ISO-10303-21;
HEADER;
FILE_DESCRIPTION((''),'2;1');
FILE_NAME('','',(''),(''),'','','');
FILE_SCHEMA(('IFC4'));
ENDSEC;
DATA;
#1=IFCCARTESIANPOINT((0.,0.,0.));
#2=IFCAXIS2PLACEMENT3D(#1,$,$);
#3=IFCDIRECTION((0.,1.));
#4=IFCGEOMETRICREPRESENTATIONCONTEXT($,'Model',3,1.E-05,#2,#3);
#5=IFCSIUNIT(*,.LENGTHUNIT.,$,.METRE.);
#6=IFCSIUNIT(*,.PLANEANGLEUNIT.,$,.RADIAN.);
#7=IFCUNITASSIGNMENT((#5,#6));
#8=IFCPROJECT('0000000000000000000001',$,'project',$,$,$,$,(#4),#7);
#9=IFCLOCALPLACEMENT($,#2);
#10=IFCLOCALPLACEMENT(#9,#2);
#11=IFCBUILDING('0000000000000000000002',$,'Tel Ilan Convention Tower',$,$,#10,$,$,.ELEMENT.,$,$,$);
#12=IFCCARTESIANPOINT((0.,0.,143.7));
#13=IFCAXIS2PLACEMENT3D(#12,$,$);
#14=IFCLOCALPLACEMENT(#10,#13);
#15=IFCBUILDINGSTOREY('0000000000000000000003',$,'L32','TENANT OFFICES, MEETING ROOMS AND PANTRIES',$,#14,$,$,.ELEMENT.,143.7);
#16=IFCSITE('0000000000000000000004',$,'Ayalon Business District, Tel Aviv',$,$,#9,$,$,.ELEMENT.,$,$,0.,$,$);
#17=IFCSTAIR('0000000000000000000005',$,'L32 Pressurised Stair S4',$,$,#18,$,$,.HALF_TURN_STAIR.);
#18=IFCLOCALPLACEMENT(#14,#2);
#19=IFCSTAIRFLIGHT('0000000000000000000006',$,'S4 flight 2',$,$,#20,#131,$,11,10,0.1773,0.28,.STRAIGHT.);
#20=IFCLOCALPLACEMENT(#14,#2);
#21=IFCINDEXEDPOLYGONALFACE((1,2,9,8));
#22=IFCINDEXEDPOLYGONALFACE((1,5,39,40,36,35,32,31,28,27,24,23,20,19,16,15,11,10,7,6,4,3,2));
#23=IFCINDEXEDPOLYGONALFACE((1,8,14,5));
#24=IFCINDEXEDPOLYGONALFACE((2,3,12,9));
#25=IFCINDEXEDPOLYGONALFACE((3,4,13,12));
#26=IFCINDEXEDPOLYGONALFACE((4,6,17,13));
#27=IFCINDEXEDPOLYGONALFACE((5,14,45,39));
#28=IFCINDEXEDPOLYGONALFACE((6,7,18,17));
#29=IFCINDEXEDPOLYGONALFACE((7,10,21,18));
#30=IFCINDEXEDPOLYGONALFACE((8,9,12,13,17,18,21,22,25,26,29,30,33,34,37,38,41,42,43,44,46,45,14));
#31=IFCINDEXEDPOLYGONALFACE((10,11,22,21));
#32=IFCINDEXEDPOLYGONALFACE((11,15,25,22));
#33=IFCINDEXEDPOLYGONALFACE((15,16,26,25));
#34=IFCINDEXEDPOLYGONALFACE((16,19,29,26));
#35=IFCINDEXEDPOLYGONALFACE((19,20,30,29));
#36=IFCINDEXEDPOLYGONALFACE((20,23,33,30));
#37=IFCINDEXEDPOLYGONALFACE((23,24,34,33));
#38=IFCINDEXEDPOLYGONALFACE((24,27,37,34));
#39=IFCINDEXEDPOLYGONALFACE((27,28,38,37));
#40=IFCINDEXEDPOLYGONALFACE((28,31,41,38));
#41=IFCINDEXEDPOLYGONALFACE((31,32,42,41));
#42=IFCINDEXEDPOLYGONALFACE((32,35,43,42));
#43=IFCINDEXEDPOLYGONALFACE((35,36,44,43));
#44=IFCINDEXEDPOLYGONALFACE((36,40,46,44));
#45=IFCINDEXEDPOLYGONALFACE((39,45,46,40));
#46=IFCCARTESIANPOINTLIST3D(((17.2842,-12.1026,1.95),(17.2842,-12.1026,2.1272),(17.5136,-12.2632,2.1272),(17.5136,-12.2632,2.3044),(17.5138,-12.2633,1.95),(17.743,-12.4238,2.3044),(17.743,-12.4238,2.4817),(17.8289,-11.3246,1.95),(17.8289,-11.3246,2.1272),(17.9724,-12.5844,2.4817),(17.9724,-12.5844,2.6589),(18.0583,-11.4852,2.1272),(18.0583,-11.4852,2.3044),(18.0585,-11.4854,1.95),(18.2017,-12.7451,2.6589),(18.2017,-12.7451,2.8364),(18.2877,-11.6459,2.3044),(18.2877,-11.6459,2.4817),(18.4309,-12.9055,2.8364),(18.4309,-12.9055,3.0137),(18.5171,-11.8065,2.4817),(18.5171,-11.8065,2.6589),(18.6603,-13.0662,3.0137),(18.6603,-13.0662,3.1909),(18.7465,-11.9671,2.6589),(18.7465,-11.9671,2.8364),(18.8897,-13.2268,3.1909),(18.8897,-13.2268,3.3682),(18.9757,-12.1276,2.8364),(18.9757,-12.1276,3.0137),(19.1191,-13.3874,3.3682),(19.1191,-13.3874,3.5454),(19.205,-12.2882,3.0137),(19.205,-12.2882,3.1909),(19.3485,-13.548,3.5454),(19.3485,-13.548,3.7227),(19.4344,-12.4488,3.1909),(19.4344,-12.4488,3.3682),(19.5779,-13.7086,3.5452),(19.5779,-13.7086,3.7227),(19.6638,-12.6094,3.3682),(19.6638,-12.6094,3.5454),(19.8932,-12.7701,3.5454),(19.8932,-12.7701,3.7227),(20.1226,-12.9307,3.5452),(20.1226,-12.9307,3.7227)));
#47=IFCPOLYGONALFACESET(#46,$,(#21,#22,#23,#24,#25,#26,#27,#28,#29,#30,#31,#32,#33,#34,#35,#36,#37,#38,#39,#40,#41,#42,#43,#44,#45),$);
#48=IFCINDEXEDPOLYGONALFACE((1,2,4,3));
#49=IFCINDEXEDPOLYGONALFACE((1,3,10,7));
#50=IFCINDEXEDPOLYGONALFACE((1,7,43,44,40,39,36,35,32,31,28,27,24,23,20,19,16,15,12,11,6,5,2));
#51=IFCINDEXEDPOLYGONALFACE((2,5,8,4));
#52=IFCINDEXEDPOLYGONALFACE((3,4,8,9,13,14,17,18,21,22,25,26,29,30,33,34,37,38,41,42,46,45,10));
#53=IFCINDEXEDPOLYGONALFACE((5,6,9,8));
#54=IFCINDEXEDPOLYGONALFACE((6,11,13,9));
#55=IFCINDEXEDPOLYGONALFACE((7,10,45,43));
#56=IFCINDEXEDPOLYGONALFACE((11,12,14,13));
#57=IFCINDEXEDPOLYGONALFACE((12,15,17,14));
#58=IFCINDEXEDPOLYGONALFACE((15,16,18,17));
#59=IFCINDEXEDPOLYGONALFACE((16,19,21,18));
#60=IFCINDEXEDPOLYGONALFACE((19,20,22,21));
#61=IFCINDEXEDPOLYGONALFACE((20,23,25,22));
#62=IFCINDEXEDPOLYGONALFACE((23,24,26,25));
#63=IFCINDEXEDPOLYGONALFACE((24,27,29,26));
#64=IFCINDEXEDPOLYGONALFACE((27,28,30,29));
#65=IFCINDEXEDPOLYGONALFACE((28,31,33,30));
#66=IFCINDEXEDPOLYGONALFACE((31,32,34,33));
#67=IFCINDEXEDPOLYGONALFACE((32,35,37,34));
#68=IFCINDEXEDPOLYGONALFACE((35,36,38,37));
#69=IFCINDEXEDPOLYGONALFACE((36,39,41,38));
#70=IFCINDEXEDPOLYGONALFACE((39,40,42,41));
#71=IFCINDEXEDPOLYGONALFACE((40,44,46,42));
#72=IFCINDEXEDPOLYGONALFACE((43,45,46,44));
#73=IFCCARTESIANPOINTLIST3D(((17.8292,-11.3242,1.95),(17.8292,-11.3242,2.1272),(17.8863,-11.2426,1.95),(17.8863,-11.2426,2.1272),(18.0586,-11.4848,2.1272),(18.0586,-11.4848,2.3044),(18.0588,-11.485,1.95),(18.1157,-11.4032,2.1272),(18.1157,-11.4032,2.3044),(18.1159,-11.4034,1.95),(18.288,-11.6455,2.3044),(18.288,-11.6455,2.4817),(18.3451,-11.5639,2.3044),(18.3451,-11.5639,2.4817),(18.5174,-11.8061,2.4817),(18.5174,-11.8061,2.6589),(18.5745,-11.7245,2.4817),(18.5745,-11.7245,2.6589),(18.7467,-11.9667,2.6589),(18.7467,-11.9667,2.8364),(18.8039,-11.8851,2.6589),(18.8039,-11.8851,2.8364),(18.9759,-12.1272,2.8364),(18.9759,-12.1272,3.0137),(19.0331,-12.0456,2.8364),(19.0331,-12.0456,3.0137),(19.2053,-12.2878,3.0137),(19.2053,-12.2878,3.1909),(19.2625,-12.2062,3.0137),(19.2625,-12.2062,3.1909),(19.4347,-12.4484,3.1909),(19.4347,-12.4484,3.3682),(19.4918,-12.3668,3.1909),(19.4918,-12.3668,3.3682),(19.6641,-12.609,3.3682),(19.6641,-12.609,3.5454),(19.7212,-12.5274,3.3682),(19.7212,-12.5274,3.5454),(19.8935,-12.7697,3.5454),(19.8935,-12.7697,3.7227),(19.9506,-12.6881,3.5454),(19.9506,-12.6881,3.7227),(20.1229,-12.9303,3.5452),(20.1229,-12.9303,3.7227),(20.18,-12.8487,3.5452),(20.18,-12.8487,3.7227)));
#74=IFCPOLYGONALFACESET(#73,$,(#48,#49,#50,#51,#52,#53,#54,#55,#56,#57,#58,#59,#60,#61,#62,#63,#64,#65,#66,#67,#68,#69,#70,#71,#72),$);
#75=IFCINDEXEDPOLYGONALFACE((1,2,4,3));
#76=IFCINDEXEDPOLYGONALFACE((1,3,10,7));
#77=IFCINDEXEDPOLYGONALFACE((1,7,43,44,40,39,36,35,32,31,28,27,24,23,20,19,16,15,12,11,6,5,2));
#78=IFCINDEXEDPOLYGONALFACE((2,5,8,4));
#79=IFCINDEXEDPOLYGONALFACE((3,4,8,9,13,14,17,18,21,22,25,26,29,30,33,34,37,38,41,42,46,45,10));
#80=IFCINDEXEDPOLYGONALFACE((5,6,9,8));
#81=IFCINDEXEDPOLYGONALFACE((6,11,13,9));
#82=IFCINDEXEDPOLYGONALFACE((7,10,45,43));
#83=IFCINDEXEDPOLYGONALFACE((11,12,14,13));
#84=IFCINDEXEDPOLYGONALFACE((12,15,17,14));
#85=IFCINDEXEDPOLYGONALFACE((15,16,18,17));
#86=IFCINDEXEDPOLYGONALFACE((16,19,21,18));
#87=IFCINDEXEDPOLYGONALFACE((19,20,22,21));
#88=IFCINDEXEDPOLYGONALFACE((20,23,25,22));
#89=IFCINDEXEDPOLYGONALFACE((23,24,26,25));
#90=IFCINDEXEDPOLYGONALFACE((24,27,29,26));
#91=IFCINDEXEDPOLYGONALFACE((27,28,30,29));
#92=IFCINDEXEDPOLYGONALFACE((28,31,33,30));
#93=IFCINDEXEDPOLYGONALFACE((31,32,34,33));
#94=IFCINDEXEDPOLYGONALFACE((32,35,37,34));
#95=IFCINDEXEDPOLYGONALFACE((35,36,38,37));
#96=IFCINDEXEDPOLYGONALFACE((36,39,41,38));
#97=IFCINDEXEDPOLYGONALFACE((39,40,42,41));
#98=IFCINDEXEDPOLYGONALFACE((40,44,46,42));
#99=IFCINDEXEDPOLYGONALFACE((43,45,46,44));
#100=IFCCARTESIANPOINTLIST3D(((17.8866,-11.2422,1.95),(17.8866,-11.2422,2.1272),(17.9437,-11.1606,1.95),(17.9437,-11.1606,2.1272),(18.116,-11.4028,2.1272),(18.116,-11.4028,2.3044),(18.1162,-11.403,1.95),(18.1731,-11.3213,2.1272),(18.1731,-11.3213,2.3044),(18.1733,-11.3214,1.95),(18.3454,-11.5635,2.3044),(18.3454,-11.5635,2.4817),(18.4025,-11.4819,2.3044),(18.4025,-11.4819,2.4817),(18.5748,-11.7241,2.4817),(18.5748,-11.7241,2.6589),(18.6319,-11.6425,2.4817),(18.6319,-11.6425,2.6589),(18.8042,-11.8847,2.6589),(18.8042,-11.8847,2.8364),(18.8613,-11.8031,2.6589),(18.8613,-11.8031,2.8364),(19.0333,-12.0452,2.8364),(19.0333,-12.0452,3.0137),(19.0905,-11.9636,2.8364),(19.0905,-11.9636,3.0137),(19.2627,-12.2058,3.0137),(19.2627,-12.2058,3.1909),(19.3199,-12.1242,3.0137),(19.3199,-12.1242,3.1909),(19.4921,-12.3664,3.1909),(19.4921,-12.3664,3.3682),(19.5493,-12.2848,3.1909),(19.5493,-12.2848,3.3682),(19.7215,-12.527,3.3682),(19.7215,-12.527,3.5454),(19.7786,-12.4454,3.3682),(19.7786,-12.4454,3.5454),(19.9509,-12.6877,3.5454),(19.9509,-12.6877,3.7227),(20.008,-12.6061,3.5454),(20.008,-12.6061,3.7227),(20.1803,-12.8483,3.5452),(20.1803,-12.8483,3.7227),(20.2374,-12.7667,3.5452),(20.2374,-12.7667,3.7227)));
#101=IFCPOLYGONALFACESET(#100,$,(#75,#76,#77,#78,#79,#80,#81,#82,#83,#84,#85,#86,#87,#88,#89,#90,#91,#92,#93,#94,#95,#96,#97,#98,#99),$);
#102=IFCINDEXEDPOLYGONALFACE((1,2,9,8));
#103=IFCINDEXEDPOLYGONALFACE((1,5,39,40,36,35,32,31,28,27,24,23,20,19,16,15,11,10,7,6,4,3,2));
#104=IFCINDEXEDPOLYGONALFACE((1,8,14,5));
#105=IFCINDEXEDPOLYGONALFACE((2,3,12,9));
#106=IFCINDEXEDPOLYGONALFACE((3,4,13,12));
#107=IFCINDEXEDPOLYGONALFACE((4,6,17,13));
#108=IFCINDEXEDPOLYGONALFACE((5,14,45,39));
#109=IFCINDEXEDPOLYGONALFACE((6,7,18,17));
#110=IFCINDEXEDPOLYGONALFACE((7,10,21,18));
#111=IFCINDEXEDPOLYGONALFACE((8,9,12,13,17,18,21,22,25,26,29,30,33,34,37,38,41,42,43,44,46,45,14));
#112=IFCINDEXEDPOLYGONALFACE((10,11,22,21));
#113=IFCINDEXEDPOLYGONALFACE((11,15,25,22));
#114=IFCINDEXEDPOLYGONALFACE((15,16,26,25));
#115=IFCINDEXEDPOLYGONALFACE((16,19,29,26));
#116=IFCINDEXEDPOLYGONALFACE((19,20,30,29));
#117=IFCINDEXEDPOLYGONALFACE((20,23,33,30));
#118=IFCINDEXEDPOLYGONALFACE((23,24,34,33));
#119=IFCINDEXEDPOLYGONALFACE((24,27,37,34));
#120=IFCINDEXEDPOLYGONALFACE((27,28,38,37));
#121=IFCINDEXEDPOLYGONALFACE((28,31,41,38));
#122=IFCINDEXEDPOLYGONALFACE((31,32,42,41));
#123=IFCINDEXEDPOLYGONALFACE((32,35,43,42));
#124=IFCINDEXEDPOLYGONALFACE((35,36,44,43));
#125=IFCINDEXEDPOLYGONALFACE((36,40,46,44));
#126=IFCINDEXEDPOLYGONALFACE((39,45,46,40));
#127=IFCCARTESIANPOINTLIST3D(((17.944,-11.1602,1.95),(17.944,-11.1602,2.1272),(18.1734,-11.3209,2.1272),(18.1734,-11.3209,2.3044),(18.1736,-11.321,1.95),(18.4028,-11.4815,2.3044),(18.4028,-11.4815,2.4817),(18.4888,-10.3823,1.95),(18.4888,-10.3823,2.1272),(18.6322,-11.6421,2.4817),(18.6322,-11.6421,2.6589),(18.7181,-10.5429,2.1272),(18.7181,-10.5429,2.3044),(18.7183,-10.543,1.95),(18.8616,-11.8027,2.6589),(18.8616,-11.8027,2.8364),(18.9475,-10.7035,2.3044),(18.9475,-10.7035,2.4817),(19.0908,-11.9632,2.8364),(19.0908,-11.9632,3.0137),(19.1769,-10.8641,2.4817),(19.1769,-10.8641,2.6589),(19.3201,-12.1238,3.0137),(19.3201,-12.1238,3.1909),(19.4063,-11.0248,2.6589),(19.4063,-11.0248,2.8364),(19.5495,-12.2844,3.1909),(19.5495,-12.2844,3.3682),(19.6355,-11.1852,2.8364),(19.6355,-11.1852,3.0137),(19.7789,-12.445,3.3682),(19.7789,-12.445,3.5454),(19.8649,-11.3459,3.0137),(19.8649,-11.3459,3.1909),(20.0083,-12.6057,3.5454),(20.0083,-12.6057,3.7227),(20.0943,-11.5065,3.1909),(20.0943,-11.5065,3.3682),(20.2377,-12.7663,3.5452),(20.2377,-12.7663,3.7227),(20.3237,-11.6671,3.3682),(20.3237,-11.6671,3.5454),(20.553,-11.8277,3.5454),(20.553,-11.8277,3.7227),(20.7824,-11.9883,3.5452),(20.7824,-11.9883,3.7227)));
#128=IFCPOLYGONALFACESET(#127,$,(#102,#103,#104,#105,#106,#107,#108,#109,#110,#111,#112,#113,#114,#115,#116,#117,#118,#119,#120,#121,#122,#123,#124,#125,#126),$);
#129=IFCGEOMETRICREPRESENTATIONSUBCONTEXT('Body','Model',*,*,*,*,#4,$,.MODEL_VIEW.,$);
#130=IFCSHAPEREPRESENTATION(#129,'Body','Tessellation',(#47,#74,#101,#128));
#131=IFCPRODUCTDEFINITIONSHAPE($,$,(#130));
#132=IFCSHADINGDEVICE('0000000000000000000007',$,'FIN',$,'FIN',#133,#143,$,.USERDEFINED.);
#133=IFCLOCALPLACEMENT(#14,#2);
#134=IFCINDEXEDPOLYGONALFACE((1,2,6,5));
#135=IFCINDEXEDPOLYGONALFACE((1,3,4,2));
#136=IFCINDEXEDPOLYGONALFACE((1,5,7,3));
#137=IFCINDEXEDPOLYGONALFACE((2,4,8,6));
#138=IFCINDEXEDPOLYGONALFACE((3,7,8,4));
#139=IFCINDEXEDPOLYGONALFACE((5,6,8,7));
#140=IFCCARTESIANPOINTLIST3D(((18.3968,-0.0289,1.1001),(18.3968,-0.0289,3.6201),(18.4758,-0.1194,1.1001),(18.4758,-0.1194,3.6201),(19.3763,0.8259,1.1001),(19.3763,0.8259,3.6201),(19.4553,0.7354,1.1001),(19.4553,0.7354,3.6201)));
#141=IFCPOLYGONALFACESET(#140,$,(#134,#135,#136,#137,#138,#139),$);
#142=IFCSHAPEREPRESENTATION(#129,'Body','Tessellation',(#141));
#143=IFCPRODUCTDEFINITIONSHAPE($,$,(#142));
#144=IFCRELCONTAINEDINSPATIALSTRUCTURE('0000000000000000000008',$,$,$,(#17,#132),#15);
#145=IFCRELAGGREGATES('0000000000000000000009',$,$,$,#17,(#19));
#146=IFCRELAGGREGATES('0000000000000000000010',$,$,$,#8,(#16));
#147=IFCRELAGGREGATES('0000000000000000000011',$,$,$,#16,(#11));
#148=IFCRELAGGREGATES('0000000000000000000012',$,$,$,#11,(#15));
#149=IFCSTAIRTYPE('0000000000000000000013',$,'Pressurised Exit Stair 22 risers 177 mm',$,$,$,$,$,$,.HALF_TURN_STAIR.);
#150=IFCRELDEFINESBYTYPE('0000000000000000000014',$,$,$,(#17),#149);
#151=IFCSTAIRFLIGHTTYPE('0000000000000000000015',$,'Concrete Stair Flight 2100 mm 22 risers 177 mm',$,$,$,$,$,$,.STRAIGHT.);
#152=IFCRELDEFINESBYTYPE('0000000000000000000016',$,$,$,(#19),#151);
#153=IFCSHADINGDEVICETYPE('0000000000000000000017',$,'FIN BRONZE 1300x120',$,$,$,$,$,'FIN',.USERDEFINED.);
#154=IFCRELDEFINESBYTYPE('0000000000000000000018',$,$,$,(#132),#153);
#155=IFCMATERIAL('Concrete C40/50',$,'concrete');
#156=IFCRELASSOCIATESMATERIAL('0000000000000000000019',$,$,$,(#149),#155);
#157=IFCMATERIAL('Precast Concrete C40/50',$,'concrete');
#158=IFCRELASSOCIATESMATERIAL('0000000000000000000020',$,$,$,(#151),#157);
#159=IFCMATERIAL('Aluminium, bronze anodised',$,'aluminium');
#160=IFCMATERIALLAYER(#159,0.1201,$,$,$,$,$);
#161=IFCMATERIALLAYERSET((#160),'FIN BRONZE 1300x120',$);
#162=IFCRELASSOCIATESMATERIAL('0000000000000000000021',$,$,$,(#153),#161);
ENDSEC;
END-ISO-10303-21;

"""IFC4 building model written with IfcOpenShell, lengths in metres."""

from ifc_helpers import new_model, si_unit, direction, frame, origin, origin_2d, place, context, subcontext, project, spatial, polyline, rectangle, outline, extrude, material, layer, layer_set, type_object, element, aggregate, save


model = new_model("IFC4")

# Units and contexts
model_context = context("Model", 3, precision=1e-05, world=origin(), true_north=direction((0.0, 1.0)))
body_context = subcontext(model_context, "Body", "Model", "MODEL_VIEW")
ifc_project = project(units=[si_unit("LENGTHUNIT", "METRE"), si_unit("PLANEANGLEUNIT", "RADIAN")], contexts=[model_context])

# Site, building, storey
site_placement = place(None, origin())
site = spatial("IfcSite", under=ifc_project, at=site_placement, Name="Ayalon Business District, Tel Aviv", CompositionType="ELEMENT", RefElevation=0.0)
building_placement = place(site_placement, origin())
building = spatial("IfcBuilding", under=site, at=building_placement, Name="Tel Ilan Convention Tower", CompositionType="ELEMENT")
storey_placement = place(building_placement, frame((0.0, 0.0, 143.7)))
storey = spatial("IfcBuildingStorey", under=building, at=storey_placement, Name="L32", Description="TENANT OFFICES, MEETING ROOMS AND PANTRIES", CompositionType="ELEMENT", Elevation=143.7)

# Shared definitions
ifc_material_1 = material(Name="Concrete C40/50", Category="concrete")
stair_type = type_object("IfcStairType", Name="Pressurised Exit Stair 22 risers 177 mm", PredefinedType="HALF_TURN_STAIR", material=ifc_material_1)
ifc_material_2 = material(Name="Precast Concrete C40/50", Category="concrete")
stair_flight_type = type_object("IfcStairFlightType", Name="Concrete Stair Flight 2100 mm 22 risers 177 mm", PredefinedType="STRAIGHT", material=ifc_material_2)

# Stair, stair flight
stair_1_placement = place(storey_placement, origin())
stair_1 = element("IfcStair", 1, at=stair_1_placement, inside=storey, type_object=stair_type, Name="L32 Pressurised Stair S4", PredefinedType="HALF_TURN_STAIR")
stair_flight_1_placement = place(storey_placement, frame((17.8865, -11.2424, 1.95), z_axis=(0.0, 0.0, 1.0), x_axis=(0.819152, -0.573576, 0.0)))
stair_flight_1 = element("IfcStairFlight", 2, at=stair_flight_1_placement, type_object=stair_flight_type, Name="S4 flight 2", NumberOfRisers=11, NumberOfTreads=10, PredefinedType="STRAIGHT", RiserHeight=0.1773, TreadLength=0.28, context=body_context, shape_type="SweptSolid", body=[
    extrude(outline(polyline([(0.0, 0.0), (0.0, 0.1772), (0.28, 0.1772), (0.28, 0.3545), (0.5601, 0.3545), (0.5601, 0.5317), (0.8401, 0.5317), (0.8401, 0.709), (1.1201, 0.709), (1.1201, 0.8865), (1.3999, 0.8865), (1.3999, 1.0637), (1.6799, 1.0637), (1.6799, 1.241), (1.96, 1.241), (1.96, 1.4182), (2.24, 1.4182), (2.24, 1.5955), (2.52, 1.5955), (2.52, 1.7727), (2.8, 1.7727), (2.8, 1.95), (2.8, 1.5952), (0.2803, 0.0), (0.0, 0.0)])), frame((0.0, -0.1003, 0.0), z_axis=(0.0, -1.0, 0.0), x_axis=(1.0, 0.0, 0.0)), (0.0, 0.0, 1.0), 0.9497),
    extrude(outline(polyline([(0.0, 0.0), (0.0, 0.1772), (0.28, 0.1772), (0.28, 0.3545), (0.5601, 0.3545), (0.5601, 0.5317), (0.8401, 0.5317), (0.8401, 0.709), (1.1201, 0.709), (1.1201, 0.8865), (1.3999, 0.8865), (1.3999, 1.0637), (1.6799, 1.0637), (1.6799, 1.241), (1.96, 1.241), (1.96, 1.4182), (2.24, 1.4182), (2.24, 1.5955), (2.52, 1.5955), (2.52, 1.7727), (2.8, 1.7727), (2.8, 1.95), (2.8, 1.5952), (0.2803, 0.0), (0.0, 0.0)])), frame((0.0, -0.0002, 0.0), z_axis=(0.0, -1.0, 0.0), x_axis=(1.0, 0.0, 0.0)), (0.0, 0.0, 1.0), 0.0996),
    extrude(outline(polyline([(0.0, 0.0), (0.0, 0.1772), (0.28, 0.1772), (0.28, 0.3545), (0.5601, 0.3545), (0.5601, 0.5317), (0.8401, 0.5317), (0.8401, 0.709), (1.1201, 0.709), (1.1201, 0.8865), (1.3999, 0.8865), (1.3999, 1.0637), (1.6799, 1.0637), (1.6799, 1.241), (1.96, 1.241), (1.96, 1.4182), (2.24, 1.4182), (2.24, 1.5955), (2.52, 1.5955), (2.52, 1.7727), (2.8, 1.7727), (2.8, 1.95), (2.8, 1.5952), (0.2803, 0.0), (0.0, 0.0)])), frame((0.0, 0.0999, 0.0), z_axis=(0.0, -1.0, 0.0), x_axis=(1.0, 0.0, 0.0)), (0.0, 0.0, 1.0), 0.0996),
    extrude(outline(polyline([(0.0, 0.0), (0.0, 0.1772), (0.28, 0.1772), (0.28, 0.3545), (0.5601, 0.3545), (0.5601, 0.5317), (0.8401, 0.5317), (0.8401, 0.709), (1.1201, 0.709), (1.1201, 0.8865), (1.3999, 0.8865), (1.3999, 1.0637), (1.6799, 1.0637), (1.6799, 1.241), (1.96, 1.241), (1.96, 1.4182), (2.24, 1.4182), (2.24, 1.5955), (2.52, 1.5955), (2.52, 1.7727), (2.8, 1.7727), (2.8, 1.95), (2.8, 1.5952), (0.2803, 0.0), (0.0, 0.0)])), frame((0.0, 1.05, 0.0), z_axis=(0.0, -1.0, 0.0), x_axis=(1.0, 0.0, 0.0)), (0.0, 0.0, 1.0), 0.9497),
])
aggregate(stair_1, [stair_flight_1])

# Shading device
ifc_material_3 = material(Name="Aluminium, bronze anodised", Category="aluminium")
ifc_layer_1 = layer(ifc_material_3, 0.1201)
ifc_layer_set_1 = layer_set([ifc_layer_1], Name="FIN BRONZE 1300x120")
shading_device_type = type_object("IfcShadingDeviceType", Name="FIN BRONZE 1300x120", ElementType="FIN", PredefinedType="USERDEFINED", material=ifc_layer_set_1)
shading_device_placement = place(storey_placement, frame((18.926, 0.3533, 1.1001), z_axis=(0.0, 0.0, 1.0), x_axis=(0.753436, 0.657521, 0.0)))
element("IfcShadingDevice", 3, at=shading_device_placement, inside=storey, type_object=shading_device_type, Name="FIN", ObjectType="FIN", PredefinedType="USERDEFINED", context=body_context, shape_type="SweptSolid", body=[
    extrude(rectangle(XDim=1.3, YDim=0.1201, at=origin_2d()), origin(), (0.0, 0.0, 1.0), 2.52),
])

save(model, "model.ifc")
